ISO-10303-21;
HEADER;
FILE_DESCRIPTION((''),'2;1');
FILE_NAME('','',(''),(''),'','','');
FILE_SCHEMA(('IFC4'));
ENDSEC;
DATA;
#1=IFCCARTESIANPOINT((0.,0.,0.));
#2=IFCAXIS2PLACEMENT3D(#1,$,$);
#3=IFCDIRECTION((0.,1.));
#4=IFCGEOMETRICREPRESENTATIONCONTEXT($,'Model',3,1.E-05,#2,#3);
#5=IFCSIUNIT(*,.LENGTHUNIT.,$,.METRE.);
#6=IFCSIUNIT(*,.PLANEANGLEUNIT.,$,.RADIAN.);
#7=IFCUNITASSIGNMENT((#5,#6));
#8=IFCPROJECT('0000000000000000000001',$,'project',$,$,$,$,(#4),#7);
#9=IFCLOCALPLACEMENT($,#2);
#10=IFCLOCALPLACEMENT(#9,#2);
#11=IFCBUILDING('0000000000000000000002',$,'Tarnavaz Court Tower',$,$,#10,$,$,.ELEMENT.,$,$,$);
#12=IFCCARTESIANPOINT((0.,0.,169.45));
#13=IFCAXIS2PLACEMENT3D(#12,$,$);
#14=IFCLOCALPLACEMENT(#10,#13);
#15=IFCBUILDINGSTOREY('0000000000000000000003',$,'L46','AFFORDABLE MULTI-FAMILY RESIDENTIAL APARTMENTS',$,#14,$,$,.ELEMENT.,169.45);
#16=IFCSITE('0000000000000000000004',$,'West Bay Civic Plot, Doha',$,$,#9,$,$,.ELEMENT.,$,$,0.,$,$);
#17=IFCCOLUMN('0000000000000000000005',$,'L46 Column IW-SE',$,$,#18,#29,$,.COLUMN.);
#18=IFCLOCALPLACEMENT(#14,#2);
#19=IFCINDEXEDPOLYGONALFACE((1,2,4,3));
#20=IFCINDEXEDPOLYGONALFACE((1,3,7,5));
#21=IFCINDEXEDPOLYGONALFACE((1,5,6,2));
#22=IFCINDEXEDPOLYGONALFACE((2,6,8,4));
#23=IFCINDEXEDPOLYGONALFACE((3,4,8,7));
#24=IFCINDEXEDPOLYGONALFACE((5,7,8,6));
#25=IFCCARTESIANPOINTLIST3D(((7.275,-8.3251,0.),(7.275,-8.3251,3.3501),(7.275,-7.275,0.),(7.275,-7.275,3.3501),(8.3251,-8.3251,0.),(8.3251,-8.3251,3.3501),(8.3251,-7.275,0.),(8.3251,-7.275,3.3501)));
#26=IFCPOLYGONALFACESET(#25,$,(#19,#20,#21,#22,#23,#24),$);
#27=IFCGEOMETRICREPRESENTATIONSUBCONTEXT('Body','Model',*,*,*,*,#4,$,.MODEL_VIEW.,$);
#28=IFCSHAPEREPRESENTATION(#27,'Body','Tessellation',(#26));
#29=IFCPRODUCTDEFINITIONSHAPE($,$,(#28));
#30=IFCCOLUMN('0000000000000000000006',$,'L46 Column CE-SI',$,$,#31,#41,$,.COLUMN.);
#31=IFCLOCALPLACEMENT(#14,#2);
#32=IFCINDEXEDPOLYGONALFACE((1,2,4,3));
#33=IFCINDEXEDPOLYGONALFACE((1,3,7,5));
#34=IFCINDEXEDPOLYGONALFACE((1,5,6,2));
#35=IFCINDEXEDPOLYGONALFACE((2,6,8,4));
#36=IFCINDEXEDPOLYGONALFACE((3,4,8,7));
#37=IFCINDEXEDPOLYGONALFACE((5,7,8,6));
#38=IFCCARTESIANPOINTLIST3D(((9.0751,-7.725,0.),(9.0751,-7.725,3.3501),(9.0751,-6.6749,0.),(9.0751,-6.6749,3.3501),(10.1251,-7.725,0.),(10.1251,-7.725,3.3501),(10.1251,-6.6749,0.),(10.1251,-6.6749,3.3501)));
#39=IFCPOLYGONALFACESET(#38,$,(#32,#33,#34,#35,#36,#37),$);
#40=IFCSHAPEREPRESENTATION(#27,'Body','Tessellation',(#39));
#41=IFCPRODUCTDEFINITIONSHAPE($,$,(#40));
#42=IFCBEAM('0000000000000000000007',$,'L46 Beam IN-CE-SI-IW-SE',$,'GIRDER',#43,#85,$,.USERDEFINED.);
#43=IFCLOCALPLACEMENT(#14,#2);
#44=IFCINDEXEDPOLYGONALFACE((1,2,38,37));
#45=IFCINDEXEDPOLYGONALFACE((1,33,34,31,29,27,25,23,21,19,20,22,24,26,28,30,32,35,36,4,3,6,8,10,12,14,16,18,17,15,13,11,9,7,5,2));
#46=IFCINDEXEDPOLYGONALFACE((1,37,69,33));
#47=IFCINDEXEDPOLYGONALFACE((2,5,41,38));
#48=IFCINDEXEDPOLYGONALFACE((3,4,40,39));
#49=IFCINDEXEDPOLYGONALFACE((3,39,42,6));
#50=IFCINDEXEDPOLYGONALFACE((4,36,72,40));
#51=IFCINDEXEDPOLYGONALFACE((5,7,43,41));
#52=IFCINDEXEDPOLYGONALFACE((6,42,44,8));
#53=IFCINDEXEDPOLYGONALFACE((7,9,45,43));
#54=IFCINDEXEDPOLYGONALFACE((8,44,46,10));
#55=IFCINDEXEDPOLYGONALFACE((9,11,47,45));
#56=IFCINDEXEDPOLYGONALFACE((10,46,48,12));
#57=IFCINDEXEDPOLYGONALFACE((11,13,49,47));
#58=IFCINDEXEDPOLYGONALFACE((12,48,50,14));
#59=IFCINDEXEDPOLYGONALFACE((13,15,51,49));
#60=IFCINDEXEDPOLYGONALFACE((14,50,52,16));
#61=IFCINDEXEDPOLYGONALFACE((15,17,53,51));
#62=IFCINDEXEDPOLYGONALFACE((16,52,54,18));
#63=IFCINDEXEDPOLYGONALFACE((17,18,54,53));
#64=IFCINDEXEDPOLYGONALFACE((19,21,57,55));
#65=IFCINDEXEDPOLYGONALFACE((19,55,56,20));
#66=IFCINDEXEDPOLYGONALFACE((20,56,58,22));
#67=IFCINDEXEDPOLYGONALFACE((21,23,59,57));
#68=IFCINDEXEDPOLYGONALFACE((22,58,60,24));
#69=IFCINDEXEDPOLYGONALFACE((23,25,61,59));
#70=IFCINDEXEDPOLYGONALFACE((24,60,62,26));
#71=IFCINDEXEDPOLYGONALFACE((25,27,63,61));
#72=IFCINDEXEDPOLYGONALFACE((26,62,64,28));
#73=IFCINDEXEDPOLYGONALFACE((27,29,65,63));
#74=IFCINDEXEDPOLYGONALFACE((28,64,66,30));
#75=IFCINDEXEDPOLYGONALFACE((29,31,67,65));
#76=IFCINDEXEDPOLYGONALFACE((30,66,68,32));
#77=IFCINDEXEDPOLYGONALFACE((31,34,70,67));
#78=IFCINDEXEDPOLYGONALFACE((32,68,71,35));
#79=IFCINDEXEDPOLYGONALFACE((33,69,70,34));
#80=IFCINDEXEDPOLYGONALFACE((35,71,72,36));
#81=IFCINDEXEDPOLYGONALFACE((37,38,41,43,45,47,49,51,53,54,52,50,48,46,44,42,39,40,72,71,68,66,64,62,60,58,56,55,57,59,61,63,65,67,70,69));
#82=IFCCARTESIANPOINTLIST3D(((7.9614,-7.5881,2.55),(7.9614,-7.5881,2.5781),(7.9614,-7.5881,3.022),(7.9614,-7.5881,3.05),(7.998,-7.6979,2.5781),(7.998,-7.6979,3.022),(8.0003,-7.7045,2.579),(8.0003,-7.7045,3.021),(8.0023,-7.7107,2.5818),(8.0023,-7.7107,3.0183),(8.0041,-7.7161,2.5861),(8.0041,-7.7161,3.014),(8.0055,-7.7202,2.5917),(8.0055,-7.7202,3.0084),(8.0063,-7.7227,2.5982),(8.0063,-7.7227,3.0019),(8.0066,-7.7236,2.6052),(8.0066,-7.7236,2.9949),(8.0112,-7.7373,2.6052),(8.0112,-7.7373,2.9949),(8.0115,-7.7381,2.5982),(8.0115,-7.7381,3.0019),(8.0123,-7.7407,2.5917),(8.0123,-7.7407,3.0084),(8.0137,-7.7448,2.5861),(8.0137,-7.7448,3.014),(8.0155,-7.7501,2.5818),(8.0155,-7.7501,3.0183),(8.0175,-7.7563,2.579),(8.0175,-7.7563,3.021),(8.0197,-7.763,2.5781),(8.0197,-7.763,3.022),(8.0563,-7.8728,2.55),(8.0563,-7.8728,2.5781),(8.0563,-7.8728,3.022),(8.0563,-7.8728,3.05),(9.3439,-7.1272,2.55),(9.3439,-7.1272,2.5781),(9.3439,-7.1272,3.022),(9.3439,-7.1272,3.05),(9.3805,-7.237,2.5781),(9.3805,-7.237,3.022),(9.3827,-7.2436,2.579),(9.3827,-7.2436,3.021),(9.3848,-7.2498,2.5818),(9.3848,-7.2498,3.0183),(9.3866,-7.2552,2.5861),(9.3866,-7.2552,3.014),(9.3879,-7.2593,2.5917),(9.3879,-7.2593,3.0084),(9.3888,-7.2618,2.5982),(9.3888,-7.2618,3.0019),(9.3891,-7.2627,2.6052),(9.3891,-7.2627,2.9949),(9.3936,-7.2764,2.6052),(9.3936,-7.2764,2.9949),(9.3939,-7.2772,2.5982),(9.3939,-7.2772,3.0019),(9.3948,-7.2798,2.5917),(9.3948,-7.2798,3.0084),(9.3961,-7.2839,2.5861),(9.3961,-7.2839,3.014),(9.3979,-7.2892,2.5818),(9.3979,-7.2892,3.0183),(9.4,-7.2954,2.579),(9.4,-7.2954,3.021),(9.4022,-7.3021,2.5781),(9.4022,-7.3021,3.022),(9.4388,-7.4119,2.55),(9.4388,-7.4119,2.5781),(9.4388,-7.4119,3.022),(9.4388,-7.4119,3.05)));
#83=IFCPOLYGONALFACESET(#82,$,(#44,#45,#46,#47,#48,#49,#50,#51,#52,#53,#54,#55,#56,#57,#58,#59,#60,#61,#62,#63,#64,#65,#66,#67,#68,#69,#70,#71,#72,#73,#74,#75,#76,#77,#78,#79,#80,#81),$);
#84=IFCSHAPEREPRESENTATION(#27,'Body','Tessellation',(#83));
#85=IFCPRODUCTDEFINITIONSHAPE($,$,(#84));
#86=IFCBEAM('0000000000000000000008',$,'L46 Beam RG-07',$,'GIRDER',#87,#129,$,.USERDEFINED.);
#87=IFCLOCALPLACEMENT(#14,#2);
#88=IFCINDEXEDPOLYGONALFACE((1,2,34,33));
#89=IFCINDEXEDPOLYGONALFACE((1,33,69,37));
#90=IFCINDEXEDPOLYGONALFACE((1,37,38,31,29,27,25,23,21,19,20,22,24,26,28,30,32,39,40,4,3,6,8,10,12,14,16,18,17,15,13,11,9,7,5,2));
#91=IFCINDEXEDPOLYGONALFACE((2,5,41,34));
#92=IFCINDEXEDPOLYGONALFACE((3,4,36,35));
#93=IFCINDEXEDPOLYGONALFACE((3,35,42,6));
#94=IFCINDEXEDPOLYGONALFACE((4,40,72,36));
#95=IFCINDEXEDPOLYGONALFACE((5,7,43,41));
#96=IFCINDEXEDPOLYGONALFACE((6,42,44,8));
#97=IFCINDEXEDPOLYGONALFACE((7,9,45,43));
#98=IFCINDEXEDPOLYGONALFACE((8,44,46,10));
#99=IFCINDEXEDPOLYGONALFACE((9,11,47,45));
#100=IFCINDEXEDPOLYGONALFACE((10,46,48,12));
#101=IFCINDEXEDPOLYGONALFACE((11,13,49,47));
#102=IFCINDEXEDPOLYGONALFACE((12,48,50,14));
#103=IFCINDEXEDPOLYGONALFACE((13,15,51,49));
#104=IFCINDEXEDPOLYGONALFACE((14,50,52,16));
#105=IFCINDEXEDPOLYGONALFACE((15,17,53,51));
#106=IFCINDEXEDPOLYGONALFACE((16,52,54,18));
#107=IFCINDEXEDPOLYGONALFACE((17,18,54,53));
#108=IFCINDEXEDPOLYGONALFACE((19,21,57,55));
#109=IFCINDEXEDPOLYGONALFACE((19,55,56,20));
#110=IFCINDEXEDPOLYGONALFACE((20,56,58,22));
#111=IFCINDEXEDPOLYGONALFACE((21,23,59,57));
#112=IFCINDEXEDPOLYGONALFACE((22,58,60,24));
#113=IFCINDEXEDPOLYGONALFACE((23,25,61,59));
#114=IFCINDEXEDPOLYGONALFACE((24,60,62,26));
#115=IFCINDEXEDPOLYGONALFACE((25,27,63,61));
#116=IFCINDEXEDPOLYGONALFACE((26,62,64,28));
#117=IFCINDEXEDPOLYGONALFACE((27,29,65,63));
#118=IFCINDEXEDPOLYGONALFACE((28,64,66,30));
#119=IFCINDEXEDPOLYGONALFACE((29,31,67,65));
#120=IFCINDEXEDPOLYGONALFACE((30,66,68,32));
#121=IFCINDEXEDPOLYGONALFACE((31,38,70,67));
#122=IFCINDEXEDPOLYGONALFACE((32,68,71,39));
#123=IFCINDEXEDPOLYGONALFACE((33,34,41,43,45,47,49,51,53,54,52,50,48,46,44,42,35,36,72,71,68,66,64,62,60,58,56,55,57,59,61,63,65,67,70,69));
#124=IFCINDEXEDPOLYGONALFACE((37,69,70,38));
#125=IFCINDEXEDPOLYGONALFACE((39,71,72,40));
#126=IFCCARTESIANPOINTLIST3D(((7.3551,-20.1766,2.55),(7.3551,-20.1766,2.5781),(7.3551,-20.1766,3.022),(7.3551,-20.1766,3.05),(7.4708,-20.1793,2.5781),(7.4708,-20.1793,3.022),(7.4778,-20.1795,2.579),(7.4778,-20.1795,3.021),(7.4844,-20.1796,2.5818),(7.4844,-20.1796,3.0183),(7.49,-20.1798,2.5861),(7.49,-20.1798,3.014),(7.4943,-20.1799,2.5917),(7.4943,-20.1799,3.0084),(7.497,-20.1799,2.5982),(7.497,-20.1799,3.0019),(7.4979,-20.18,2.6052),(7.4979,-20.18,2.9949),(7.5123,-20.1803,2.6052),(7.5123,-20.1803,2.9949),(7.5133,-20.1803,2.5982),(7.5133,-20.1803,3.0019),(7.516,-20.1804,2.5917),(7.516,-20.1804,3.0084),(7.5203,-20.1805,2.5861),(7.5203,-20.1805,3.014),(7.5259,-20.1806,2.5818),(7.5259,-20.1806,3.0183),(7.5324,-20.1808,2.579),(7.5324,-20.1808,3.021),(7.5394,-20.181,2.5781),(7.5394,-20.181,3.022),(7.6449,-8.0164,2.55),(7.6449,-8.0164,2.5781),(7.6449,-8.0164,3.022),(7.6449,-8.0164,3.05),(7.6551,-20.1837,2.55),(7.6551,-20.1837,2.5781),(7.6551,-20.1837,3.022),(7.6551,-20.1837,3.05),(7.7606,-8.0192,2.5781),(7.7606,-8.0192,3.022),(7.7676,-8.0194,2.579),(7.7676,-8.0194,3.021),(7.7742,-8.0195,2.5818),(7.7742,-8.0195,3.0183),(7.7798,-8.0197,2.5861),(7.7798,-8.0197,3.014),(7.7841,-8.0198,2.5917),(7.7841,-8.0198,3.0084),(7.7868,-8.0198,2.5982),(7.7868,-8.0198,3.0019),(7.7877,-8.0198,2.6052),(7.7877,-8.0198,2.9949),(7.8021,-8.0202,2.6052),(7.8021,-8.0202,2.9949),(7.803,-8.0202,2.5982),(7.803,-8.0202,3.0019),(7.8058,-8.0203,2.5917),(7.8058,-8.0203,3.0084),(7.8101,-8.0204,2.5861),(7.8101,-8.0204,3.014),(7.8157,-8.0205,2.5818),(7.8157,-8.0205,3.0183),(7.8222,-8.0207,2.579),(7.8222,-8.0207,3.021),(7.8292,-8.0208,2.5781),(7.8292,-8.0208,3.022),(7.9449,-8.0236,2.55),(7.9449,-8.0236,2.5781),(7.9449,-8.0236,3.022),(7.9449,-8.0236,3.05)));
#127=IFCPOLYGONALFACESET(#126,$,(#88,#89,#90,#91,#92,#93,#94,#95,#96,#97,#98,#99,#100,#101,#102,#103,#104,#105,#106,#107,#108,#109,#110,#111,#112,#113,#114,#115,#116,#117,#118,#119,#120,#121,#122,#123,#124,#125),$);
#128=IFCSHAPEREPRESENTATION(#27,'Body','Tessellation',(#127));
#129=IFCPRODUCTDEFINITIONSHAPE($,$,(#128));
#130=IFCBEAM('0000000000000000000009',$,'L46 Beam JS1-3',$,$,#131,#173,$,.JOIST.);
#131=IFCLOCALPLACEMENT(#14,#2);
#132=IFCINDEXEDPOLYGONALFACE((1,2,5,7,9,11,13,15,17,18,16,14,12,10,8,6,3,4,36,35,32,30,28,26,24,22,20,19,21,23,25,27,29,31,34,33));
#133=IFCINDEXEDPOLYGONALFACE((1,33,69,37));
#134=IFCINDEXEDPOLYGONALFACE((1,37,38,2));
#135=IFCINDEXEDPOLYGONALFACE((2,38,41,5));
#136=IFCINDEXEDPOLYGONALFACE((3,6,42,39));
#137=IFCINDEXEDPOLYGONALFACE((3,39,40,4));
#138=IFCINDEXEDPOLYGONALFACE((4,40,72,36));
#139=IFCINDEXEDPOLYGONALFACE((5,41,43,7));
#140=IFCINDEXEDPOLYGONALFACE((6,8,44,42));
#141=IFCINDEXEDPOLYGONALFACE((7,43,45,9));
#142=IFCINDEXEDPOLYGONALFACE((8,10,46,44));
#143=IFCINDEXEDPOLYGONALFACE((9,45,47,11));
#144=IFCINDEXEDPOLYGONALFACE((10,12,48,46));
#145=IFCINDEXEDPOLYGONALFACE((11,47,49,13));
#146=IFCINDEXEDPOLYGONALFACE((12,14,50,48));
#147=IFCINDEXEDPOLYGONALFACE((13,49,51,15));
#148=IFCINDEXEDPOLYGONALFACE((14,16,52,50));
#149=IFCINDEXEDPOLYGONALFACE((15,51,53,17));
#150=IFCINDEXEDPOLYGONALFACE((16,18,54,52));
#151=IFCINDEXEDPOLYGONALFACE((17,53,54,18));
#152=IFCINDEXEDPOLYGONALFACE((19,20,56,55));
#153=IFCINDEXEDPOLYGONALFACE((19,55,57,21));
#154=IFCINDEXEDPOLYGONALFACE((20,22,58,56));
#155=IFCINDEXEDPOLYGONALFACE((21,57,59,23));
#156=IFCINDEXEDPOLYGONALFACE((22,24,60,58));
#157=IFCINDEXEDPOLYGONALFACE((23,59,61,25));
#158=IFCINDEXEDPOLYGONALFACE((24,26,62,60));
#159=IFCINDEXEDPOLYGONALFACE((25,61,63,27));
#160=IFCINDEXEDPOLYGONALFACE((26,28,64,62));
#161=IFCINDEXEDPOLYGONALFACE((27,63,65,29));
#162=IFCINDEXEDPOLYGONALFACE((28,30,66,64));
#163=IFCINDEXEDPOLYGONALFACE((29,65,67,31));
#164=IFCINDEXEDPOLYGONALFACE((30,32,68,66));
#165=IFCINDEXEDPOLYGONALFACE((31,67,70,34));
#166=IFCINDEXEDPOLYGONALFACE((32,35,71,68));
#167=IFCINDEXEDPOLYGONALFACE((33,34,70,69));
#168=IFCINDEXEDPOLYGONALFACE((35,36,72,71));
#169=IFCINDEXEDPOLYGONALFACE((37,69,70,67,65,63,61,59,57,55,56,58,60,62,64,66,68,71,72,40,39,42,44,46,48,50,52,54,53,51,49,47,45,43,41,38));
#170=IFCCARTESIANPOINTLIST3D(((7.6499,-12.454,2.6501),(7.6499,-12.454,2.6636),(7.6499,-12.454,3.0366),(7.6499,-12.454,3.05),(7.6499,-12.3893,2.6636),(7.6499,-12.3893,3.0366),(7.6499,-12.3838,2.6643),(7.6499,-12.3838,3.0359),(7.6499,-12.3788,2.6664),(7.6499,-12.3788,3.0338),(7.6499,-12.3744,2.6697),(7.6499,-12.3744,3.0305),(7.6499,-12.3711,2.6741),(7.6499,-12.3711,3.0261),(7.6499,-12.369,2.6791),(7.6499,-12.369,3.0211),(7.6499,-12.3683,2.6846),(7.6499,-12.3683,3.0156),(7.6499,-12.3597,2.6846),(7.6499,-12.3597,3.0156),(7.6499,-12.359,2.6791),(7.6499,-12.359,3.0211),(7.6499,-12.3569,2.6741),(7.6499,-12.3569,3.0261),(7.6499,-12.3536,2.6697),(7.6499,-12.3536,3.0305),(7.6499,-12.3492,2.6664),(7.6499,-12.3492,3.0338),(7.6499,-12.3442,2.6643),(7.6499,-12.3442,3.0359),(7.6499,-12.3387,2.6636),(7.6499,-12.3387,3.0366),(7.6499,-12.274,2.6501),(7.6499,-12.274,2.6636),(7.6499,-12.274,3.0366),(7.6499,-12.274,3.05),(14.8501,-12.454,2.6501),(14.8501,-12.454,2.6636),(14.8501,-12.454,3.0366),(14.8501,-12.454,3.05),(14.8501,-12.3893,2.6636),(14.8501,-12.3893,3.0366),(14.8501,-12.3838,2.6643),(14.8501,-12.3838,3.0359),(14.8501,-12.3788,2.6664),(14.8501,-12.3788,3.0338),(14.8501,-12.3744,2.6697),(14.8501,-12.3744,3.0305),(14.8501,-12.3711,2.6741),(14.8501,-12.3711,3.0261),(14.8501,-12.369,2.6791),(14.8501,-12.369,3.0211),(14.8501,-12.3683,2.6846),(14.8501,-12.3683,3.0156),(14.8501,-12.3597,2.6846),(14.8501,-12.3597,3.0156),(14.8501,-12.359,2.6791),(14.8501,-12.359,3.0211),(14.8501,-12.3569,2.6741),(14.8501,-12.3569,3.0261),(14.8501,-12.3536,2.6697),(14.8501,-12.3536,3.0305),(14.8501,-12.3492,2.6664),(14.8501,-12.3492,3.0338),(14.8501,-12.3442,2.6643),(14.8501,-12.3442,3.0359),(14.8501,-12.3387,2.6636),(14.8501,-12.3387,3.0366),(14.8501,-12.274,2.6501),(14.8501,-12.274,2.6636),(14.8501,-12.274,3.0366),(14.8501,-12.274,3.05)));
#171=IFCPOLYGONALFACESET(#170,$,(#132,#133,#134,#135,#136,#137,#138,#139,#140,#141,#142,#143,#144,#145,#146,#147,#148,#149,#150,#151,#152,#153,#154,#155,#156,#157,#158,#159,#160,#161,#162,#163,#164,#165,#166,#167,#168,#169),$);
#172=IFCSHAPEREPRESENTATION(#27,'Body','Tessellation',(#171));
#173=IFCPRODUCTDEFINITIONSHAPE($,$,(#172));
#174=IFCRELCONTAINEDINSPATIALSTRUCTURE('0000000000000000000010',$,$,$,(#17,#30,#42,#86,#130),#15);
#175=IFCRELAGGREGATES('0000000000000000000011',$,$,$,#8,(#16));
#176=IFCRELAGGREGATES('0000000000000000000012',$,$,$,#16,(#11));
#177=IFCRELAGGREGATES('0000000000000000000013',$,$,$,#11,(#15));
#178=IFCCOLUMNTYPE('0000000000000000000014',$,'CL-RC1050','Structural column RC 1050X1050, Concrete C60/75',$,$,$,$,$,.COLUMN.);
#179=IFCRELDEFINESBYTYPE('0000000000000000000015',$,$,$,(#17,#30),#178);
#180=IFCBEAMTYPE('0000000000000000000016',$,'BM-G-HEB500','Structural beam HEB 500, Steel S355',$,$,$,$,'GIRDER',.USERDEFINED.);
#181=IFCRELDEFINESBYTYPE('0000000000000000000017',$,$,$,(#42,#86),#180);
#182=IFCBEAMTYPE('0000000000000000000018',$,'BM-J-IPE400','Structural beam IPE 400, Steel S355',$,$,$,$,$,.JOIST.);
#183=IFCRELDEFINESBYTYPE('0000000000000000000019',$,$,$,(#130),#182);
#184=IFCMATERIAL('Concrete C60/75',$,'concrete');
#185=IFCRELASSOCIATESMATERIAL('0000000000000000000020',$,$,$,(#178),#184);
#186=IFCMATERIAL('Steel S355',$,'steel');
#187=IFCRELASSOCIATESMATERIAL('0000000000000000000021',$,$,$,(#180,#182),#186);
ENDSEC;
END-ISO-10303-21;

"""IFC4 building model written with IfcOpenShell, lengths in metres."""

from ifc_helpers import new_model, si_unit, direction, frame, origin, origin_2d, place, context, subcontext, project, spatial, rectangle, i_section, extrude, material, material_profile, profile_set, type_object, element, save


model = new_model("IFC4")

# Units and contexts
model_context = context("Model", 3, precision=1e-05, world=origin(), true_north=direction((0.0, 1.0)))
body_context = subcontext(model_context, "Body", "Model", "MODEL_VIEW")
ifc_project = project(units=[si_unit("LENGTHUNIT", "METRE"), si_unit("PLANEANGLEUNIT", "RADIAN")], contexts=[model_context])

# Site, building, storey
site_placement = place(None, origin())
site = spatial("IfcSite", under=ifc_project, at=site_placement, Name="West Bay Civic Plot, Doha", CompositionType="ELEMENT", RefElevation=0.0)
building_placement = place(site_placement, origin())
building = spatial("IfcBuilding", under=site, at=building_placement, Name="Tarnavaz Court Tower", CompositionType="ELEMENT")
storey_placement = place(building_placement, frame((0.0, 0.0, 169.45)))
storey = spatial("IfcBuildingStorey", under=building, at=storey_placement, Name="L46", Description="AFFORDABLE MULTI-FAMILY RESIDENTIAL APARTMENTS", CompositionType="ELEMENT", Elevation=169.45)

# Columns
ifc_material_1 = material(Name="Concrete C60/75", Category="concrete")
ifc_material_profile_1 = material_profile(ifc_material_1, rectangle(XDim=1.05, YDim=1.05, at=origin_2d()), Name="RC 1050X1050")
ifc_profile_set_1 = profile_set([ifc_material_profile_1], Name="Concrete C60/75")
column_type = type_object("IfcColumnType", Name="CL-RC1050", Description="Structural column RC 1050X1050, Concrete C60/75", PredefinedType="COLUMN", material=ifc_profile_set_1)
for number, where, z_axis, x_axis, name in (
    (1, (7.8, -7.8, 0.0), (0.0, 0.0, 1.0), (1.0, 0.0, 0.0), "L46 Column IW-SE"),
    (2, (9.6001, -7.2, 0.0), (0.0, 0.0, 1.0), (1.0, 0.0, 0.0), "L46 Column CE-SI"),
):
    element("IfcColumn", number, at=place(storey_placement, frame(where, z_axis=z_axis, x_axis=x_axis)), inside=storey, type_object=column_type, Name=name, PredefinedType="COLUMN", context=body_context, shape_type="SweptSolid", body=[
        extrude(rectangle(XDim=1.05, YDim=1.05, at=origin_2d()), origin(), (0.0, 0.0, 1.0), 3.3501),
    ])

# Beams
ifc_material_2 = material(Name="Steel S355", Category="steel")
ifc_material_profile_2 = material_profile(ifc_material_2, i_section(OverallWidth=0.3, OverallDepth=0.5, WebThickness=0.0144, FlangeThickness=0.0281, FilletRadius=0.0271, at=origin_2d()), Name="HEB 500")
ifc_profile_set_2 = profile_set([ifc_material_profile_2], Name="Steel S355")
beam_type_1 = type_object("IfcBeamType", Name="BM-G-HEB500", Description="Structural beam HEB 500, Steel S355", ElementType="GIRDER", PredefinedType="USERDEFINED", material=ifc_profile_set_2)
beam_1_placement = place(storey_placement, frame((9.3914, -7.2695, 2.8), z_axis=(-0.948667, -0.316278, 0.0), x_axis=(0.316278, -0.948667, 0.0)))
element("IfcBeam", 3, at=beam_1_placement, inside=storey, type_object=beam_type_1, Name="L46 Beam IN-CE-SI-IW-SE", ObjectType="GIRDER", PredefinedType="USERDEFINED", context=body_context, shape_type="SweptSolid", body=[
    extrude(i_section(OverallWidth=0.3, OverallDepth=0.5, WebThickness=0.0144, FlangeThickness=0.0281, FilletRadius=0.0271, at=origin_2d()), origin(), (0.0, 0.0, 1.0), 1.4573),
])
beam_2_placement = place(storey_placement, frame((7.7949, -8.02, 2.8), z_axis=(-0.023825, -0.999716, 0.0), x_axis=(0.999716, -0.023825, 0.0)))
element("IfcBeam", 4, at=beam_2_placement, inside=storey, type_object=beam_type_1, Name="L46 Beam RG-07", ObjectType="GIRDER", PredefinedType="USERDEFINED", context=body_context, shape_type="SweptSolid", body=[
    extrude(i_section(OverallWidth=0.3, OverallDepth=0.5, WebThickness=0.0144, FlangeThickness=0.0281, FilletRadius=0.0271, at=origin_2d()), origin(), (0.0, 0.0, 1.0), 12.1636),
])
ifc_material_profile_3 = material_profile(ifc_material_2, i_section(OverallWidth=0.1799, OverallDepth=0.3999, WebThickness=0.0085, FlangeThickness=0.0134, FilletRadius=0.021, at=origin_2d()), Name="IPE 400")
ifc_profile_set_3 = profile_set([ifc_material_profile_3], Name="Steel S355")
beam_type_2 = type_object("IfcBeamType", Name="BM-J-IPE400", Description="Structural beam IPE 400, Steel S355", PredefinedType="JOIST", material=ifc_profile_set_3)
for number, where, z_axis, x_axis, name in (
    (5, (7.6499, -12.364, 2.8501), (1.0, 0.0, 0.0), (0.0, 1.0, 0.0), "L46 Beam JS1-3"),
):
    element("IfcBeam", number, at=place(storey_placement, frame(where, z_axis=z_axis, x_axis=x_axis)), inside=storey, type_object=beam_type_2, Name=name, PredefinedType="JOIST", context=body_context, shape_type="SweptSolid", body=[
        extrude(i_section(OverallWidth=0.1799, OverallDepth=0.3999, WebThickness=0.0085, FlangeThickness=0.0134, FilletRadius=0.021, at=origin_2d()), origin(), (0.0, 0.0, 1.0), 7.2002),
    ])

save(model, "model.ifc")
